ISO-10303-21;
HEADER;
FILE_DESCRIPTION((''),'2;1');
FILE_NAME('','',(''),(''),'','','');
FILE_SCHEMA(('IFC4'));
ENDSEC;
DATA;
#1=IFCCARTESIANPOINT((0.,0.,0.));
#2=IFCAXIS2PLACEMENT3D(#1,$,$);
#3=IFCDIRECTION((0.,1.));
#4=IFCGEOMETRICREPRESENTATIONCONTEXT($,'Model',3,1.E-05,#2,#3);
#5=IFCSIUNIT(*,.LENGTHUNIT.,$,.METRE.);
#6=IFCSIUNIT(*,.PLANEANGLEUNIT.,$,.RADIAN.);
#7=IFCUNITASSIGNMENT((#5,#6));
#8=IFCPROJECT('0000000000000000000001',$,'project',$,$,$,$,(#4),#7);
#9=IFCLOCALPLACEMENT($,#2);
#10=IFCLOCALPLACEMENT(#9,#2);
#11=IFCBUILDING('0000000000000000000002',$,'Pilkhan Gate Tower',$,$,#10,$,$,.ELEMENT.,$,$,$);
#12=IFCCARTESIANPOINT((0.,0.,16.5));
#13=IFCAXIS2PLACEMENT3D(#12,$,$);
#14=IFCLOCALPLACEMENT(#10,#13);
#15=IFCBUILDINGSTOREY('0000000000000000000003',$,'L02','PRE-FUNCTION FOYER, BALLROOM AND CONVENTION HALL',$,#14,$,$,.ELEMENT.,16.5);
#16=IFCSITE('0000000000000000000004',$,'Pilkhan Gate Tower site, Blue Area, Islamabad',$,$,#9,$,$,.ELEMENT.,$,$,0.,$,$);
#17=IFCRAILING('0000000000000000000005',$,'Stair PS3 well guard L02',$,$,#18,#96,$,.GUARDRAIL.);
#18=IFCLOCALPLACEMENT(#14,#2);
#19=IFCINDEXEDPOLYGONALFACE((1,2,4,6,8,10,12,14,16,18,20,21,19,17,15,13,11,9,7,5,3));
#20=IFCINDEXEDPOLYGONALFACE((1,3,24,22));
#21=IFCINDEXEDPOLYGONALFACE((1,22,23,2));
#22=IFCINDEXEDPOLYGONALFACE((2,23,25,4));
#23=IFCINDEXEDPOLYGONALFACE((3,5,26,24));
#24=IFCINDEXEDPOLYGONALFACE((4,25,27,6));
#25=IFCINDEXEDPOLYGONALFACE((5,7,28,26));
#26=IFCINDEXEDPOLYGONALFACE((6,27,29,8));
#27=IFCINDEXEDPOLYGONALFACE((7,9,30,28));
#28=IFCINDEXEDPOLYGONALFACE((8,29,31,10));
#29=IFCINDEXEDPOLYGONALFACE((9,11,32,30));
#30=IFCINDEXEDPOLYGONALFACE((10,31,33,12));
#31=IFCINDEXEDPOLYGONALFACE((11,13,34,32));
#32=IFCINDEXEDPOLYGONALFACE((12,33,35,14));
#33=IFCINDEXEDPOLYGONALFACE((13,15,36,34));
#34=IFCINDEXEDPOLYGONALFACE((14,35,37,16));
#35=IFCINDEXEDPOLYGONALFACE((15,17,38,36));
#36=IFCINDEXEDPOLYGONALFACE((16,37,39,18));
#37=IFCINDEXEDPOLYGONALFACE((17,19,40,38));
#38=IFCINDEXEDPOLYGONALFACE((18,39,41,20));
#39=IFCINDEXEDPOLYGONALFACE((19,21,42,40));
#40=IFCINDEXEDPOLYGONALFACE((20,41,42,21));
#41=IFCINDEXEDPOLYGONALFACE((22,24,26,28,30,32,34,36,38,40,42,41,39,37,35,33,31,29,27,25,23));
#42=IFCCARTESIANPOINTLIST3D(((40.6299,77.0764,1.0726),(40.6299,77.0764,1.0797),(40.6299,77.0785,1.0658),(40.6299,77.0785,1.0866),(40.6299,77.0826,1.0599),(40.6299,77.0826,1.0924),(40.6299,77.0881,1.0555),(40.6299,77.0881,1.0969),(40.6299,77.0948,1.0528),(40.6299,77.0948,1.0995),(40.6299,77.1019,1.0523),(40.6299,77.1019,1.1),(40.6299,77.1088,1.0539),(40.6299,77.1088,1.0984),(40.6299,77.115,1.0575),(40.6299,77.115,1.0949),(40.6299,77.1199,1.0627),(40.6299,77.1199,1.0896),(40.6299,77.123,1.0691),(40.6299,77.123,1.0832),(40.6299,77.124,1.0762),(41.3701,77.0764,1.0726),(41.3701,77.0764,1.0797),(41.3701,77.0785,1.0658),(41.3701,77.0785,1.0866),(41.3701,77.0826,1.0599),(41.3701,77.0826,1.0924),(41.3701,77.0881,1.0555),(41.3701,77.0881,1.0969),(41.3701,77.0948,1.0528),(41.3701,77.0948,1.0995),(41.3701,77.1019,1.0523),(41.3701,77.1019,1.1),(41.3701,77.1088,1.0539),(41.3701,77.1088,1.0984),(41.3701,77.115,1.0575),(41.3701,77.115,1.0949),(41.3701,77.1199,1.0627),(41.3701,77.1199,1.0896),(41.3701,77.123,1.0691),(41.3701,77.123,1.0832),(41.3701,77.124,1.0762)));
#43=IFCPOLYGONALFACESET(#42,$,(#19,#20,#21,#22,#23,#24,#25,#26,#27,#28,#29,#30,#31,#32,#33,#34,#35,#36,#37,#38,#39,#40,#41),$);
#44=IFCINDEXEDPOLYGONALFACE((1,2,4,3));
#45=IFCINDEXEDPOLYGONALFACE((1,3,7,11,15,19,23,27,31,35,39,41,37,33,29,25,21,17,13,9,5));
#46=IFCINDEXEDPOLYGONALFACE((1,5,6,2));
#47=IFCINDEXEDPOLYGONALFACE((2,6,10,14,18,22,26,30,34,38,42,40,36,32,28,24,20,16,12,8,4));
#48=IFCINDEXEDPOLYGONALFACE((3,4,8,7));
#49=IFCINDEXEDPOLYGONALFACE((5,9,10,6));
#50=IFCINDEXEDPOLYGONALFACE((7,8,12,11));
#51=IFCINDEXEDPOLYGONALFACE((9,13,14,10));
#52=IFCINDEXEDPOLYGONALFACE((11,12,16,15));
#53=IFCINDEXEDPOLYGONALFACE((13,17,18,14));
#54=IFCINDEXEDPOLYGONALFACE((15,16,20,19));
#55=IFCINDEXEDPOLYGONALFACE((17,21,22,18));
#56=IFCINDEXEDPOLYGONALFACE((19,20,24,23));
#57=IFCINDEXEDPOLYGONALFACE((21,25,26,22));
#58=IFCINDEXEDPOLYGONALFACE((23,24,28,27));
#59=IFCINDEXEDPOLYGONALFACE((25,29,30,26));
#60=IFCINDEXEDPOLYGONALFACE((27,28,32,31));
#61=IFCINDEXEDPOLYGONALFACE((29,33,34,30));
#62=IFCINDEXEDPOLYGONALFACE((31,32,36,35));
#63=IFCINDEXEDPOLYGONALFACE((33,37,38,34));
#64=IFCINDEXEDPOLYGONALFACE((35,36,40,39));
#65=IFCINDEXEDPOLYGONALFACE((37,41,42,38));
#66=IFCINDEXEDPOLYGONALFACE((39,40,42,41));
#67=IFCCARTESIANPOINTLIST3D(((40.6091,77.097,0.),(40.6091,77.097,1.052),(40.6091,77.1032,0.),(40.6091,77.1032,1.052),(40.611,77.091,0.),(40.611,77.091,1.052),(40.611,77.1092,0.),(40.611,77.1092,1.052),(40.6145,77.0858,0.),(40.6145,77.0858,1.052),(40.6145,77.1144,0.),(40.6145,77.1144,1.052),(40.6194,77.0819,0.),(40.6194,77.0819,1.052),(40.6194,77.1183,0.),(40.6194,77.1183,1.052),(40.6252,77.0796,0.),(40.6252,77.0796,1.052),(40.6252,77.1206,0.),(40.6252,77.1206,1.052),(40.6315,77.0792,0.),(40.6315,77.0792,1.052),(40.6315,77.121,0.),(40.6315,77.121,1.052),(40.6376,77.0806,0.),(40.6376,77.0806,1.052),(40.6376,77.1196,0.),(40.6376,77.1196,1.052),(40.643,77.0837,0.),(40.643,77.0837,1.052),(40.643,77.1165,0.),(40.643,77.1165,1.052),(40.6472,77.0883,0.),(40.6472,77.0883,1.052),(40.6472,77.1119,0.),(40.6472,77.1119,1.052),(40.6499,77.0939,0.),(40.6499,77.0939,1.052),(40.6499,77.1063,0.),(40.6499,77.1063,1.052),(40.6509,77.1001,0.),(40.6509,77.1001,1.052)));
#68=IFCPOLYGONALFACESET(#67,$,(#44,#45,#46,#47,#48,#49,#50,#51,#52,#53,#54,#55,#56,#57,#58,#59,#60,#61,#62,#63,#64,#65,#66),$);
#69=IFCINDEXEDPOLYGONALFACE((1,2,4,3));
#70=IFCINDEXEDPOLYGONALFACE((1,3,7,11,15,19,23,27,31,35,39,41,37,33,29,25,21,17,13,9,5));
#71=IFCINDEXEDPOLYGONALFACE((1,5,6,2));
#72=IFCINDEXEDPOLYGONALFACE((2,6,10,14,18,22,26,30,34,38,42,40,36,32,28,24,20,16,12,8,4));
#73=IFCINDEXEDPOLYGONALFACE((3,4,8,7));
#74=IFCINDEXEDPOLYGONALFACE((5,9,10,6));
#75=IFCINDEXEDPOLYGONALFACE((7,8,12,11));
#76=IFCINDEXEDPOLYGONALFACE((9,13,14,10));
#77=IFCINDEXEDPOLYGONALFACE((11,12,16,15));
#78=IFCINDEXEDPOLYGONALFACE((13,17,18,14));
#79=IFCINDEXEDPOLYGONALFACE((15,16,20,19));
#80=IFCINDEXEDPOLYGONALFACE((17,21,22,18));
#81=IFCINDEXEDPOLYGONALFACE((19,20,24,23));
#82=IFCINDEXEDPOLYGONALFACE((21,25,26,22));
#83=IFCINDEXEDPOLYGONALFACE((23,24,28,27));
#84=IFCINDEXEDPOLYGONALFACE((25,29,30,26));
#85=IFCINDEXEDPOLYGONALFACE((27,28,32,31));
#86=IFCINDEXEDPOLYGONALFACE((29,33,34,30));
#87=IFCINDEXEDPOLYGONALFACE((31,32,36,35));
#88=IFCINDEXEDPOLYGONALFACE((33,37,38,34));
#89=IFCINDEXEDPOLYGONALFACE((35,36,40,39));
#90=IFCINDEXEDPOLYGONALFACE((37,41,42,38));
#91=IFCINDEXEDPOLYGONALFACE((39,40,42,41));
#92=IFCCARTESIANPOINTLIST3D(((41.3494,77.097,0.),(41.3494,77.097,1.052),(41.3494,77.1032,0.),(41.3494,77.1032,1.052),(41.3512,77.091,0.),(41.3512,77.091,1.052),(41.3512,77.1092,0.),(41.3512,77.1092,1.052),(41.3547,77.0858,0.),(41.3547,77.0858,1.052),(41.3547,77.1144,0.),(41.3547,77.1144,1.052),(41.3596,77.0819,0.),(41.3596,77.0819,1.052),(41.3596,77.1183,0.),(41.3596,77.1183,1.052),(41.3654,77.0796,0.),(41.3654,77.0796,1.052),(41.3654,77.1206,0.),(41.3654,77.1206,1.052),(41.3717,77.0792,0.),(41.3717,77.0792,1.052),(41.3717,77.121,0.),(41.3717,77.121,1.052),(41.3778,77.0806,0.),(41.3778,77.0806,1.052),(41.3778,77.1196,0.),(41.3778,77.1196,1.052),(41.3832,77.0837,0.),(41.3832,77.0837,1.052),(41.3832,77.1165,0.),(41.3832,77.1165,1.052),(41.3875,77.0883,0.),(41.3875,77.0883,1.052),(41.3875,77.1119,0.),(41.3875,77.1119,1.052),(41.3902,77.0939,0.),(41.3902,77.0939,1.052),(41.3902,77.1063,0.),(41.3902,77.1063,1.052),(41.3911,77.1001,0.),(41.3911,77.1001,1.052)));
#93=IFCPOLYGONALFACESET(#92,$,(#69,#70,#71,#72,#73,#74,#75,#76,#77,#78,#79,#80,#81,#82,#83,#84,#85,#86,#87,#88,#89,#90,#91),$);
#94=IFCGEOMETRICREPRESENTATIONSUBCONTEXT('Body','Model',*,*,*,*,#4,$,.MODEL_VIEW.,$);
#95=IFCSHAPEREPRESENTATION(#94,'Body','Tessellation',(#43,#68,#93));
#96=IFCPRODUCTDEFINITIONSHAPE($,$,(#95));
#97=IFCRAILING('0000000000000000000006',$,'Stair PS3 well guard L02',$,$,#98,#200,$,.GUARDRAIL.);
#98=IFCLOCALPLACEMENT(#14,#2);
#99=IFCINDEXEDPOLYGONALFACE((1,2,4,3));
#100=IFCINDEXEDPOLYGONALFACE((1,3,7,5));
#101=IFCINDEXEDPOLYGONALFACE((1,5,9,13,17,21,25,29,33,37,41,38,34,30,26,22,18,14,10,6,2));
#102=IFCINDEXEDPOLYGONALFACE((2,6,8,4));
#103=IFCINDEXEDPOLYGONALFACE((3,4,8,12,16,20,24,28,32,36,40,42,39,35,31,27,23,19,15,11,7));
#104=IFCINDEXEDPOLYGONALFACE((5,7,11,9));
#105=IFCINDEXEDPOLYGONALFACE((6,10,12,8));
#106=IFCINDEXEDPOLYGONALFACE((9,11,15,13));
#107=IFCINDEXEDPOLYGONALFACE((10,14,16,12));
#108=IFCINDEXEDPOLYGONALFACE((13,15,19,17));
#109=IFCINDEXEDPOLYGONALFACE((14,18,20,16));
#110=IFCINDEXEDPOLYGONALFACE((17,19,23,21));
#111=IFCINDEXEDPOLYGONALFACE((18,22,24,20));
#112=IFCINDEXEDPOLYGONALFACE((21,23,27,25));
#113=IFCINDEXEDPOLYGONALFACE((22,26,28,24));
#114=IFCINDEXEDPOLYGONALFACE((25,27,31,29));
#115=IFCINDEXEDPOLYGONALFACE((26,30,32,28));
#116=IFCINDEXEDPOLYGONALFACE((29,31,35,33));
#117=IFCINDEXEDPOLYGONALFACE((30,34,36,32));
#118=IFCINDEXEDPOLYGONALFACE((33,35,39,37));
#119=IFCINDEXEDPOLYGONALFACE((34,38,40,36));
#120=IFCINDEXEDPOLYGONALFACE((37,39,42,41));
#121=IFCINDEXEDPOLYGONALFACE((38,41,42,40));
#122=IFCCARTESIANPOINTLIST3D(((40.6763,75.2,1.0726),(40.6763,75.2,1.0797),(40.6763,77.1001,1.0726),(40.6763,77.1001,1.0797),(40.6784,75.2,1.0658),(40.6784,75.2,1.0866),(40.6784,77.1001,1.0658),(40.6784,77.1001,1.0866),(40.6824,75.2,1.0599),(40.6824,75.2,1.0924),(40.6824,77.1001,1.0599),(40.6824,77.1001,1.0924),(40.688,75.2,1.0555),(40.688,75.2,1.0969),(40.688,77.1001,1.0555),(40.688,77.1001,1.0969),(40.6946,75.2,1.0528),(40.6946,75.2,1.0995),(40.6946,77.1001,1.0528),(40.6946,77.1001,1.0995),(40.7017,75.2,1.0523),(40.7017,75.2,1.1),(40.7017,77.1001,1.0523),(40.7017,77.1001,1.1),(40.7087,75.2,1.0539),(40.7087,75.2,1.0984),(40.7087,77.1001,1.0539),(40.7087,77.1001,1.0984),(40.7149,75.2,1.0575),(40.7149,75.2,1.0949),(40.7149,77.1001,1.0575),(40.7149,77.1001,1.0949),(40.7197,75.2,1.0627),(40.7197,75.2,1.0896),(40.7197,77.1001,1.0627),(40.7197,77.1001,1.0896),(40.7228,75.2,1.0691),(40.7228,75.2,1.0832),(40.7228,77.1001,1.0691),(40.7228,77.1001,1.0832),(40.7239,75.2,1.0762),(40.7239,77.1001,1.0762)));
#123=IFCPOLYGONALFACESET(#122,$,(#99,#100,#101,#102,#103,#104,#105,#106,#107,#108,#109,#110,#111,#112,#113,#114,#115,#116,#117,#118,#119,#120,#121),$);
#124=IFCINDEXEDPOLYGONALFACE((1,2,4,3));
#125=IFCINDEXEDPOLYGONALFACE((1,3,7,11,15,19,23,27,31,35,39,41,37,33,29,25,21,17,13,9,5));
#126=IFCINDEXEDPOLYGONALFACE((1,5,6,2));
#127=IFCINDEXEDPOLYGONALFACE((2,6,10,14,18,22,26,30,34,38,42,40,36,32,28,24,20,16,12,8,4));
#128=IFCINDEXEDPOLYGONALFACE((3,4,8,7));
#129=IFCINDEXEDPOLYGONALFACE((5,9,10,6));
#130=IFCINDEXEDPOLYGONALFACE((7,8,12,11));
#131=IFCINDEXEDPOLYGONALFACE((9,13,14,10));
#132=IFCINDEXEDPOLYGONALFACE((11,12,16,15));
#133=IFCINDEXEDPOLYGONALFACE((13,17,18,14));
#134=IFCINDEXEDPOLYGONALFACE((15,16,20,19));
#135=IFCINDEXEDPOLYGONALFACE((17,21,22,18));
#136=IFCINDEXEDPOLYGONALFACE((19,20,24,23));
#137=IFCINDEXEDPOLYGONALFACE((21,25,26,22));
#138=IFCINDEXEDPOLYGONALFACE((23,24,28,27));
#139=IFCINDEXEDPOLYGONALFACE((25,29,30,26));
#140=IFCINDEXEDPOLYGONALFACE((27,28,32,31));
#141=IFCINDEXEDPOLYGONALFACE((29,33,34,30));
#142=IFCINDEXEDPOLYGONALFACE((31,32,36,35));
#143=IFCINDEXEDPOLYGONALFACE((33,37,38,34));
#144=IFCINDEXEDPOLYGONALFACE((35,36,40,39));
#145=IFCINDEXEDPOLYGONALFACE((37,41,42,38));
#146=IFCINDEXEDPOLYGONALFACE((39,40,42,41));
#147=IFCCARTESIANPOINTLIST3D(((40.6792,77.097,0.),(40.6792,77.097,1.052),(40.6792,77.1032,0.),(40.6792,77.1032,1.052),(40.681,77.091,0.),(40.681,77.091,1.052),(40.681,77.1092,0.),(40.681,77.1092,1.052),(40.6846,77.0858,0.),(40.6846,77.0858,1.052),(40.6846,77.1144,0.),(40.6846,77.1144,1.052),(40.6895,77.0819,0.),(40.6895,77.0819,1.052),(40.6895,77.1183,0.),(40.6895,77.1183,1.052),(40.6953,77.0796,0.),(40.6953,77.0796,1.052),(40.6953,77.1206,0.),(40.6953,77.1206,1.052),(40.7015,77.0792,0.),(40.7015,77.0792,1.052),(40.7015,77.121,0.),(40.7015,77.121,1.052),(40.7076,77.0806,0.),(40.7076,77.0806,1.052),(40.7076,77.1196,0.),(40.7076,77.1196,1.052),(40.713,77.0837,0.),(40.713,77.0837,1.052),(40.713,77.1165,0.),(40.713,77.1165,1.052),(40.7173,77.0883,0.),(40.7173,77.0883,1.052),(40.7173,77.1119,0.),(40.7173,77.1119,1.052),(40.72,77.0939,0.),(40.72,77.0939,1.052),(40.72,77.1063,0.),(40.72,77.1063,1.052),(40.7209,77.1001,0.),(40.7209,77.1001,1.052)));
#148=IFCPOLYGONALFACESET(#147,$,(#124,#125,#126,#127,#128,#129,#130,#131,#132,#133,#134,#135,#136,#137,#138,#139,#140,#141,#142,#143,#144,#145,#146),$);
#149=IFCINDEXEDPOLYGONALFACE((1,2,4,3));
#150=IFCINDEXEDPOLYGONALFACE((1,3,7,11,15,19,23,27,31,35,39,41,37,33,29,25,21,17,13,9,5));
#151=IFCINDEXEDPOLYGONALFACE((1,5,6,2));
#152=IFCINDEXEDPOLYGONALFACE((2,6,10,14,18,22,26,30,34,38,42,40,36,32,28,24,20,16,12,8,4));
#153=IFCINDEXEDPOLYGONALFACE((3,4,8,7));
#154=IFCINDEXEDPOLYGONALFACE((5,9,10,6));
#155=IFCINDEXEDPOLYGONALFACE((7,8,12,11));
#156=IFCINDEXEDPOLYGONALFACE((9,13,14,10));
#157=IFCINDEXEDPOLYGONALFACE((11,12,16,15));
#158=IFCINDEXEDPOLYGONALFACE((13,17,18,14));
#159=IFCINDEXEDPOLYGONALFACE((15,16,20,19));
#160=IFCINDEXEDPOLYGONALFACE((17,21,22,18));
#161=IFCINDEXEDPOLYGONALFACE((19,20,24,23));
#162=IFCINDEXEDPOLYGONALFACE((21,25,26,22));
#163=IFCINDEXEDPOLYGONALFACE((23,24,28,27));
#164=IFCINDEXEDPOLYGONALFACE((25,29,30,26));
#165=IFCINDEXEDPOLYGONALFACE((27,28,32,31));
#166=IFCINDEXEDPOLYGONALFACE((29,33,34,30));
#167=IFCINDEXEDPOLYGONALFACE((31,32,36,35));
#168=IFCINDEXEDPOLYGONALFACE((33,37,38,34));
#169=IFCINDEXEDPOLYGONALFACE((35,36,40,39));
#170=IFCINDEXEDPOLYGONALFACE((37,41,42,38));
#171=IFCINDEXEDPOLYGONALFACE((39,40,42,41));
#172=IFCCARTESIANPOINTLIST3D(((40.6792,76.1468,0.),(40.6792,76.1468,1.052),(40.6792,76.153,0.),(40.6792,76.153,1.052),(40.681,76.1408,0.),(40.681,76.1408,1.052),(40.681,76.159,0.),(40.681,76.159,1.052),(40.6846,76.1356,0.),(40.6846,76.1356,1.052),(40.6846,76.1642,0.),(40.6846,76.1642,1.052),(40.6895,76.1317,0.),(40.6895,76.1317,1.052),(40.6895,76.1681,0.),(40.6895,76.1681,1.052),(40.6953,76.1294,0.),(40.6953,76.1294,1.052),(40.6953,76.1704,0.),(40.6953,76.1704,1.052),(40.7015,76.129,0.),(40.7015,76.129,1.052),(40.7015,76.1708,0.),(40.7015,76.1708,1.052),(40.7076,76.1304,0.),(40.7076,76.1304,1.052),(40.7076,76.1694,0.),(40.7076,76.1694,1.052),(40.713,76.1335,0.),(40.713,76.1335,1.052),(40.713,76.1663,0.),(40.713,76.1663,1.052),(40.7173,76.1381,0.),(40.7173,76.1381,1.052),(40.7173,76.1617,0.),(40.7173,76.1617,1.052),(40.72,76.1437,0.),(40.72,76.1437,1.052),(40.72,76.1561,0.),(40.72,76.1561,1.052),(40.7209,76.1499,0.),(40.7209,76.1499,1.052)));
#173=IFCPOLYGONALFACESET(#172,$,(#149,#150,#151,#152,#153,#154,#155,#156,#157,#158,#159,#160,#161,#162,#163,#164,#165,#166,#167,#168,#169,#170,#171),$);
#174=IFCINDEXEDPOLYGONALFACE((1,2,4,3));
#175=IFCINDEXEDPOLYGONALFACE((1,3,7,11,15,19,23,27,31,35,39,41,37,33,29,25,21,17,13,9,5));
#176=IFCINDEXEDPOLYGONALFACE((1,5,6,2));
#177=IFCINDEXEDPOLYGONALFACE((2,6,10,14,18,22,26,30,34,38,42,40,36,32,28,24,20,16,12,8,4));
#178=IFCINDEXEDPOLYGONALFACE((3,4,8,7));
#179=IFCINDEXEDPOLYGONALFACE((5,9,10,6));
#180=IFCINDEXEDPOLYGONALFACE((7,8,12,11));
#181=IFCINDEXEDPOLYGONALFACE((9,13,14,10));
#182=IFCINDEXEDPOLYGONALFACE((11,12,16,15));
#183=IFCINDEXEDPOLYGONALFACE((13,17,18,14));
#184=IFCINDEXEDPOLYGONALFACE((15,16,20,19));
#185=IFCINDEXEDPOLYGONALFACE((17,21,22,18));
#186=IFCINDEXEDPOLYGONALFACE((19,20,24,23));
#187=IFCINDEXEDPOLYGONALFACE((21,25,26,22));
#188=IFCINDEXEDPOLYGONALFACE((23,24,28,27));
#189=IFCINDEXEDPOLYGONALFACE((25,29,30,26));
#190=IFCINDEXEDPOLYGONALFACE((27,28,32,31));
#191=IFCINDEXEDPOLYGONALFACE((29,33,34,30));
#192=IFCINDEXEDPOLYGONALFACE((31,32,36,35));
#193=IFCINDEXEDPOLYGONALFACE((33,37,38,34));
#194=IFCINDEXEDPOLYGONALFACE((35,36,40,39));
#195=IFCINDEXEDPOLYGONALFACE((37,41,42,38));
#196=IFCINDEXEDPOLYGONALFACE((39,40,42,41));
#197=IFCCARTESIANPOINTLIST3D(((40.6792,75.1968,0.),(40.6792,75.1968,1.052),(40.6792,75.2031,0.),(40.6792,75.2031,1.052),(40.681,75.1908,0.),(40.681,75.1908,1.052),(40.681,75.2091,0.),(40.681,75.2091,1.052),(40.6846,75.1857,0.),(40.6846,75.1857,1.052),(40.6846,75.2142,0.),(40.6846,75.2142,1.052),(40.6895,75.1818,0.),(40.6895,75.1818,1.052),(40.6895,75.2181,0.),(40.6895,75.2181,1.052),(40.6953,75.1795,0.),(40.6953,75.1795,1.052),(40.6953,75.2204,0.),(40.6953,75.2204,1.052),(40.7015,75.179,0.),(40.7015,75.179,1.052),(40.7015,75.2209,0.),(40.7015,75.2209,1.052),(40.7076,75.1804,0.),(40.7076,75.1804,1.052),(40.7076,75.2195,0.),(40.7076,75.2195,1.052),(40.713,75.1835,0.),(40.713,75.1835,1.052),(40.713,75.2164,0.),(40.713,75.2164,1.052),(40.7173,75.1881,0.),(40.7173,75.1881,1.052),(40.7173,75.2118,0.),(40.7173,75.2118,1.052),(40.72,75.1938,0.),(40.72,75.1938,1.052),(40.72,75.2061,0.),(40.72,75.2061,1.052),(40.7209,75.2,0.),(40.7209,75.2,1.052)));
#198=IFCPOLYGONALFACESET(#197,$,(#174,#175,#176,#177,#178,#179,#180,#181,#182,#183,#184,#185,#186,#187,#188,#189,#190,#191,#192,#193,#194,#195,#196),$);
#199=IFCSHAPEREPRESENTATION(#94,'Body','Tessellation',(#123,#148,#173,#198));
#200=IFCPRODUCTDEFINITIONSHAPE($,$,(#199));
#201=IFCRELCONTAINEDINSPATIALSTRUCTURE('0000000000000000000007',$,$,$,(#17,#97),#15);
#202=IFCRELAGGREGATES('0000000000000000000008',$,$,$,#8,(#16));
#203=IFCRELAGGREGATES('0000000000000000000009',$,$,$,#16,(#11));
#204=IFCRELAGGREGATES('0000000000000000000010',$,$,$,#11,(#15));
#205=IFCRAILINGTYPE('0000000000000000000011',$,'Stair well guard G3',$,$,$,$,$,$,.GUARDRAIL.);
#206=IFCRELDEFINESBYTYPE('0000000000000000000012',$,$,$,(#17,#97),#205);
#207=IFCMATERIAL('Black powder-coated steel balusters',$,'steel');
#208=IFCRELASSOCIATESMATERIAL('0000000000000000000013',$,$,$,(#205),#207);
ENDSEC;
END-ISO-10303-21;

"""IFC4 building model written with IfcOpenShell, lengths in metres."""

from ifc_helpers import new_model, si_unit, direction, frame, origin, origin_2d, place, context, subcontext, project, spatial, circle, extrude, material, type_object, element, save


model = new_model("IFC4")

# Units and contexts
model_context = context("Model", 3, precision=1e-05, world=origin(), true_north=direction((0.0, 1.0)))
body_context = subcontext(model_context, "Body", "Model", "MODEL_VIEW")
ifc_project = project(units=[si_unit("LENGTHUNIT", "METRE"), si_unit("PLANEANGLEUNIT", "RADIAN")], contexts=[model_context])

# Site, building, storey
site_placement = place(None, origin())
site = spatial("IfcSite", under=ifc_project, at=site_placement, Name="Pilkhan Gate Tower site, Blue Area, Islamabad", CompositionType="ELEMENT", RefElevation=0.0)
building_placement = place(site_placement, origin())
building = spatial("IfcBuilding", under=site, at=building_placement, Name="Pilkhan Gate Tower", CompositionType="ELEMENT")
storey_placement = place(building_placement, frame((0.0, 0.0, 16.5)))
storey = spatial("IfcBuildingStorey", under=building, at=storey_placement, Name="L02", Description="PRE-FUNCTION FOYER, BALLROOM AND CONVENTION HALL", CompositionType="ELEMENT", Elevation=16.5)

# Railings
ifc_material_1 = material(Name="Black powder-coated steel balusters", Category="steel")
railing_type_1 = type_object("IfcRailingType", Name="Stair well guard G3", PredefinedType="GUARDRAIL", material=ifc_material_1)
railing_1_placement = place(storey_placement, frame((40.6299, 77.1001, 0.0)))
element("IfcRailing", 1, at=railing_1_placement, inside=storey, type_object=railing_type_1, Name="Stair PS3 well guard L02", PredefinedType="GUARDRAIL", context=body_context, shape_type="SweptSolid", body=[
    extrude(circle(Radius=0.0239, at=origin_2d()), frame((0.0, 0.0, 1.0762), z_axis=(1.0, 0.0, 0.0), x_axis=(0.0, 1.0, 0.0)), (0.0, 0.0, 1.0), 0.7402),
    extrude(circle(Radius=0.021, at=origin_2d()), origin(), (0.0, 0.0, 1.0), 1.052),
    extrude(circle(Radius=0.021, at=origin_2d()), frame((0.7402, 0.0, 0.0)), (0.0, 0.0, 1.0), 1.052),
])
railing_2_placement = place(storey_placement, frame((40.7, 77.1001, 0.0)))
element("IfcRailing", 2, at=railing_2_placement, inside=storey, type_object=railing_type_1, Name="Stair PS3 well guard L02", PredefinedType="GUARDRAIL", context=body_context, shape_type="SweptSolid", body=[
    extrude(circle(Radius=0.0239, at=origin_2d()), frame((0.0, 0.0, 1.0762), z_axis=(0.0, -1.0, 0.0), x_axis=(1.0, 0.0, 0.0)), (0.0, 0.0, 1.0), 1.9001),
    extrude(circle(Radius=0.021, at=origin_2d()), origin(), (0.0, 0.0, 1.0), 1.052),
    extrude(circle(Radius=0.021, at=origin_2d()), frame((0.0, -0.9502, 0.0)), (0.0, 0.0, 1.0), 1.052),
    extrude(circle(Radius=0.021, at=origin_2d()), frame((0.0, -1.9001, 0.0)), (0.0, 0.0, 1.0), 1.052),
])

save(model, "model.ifc")
